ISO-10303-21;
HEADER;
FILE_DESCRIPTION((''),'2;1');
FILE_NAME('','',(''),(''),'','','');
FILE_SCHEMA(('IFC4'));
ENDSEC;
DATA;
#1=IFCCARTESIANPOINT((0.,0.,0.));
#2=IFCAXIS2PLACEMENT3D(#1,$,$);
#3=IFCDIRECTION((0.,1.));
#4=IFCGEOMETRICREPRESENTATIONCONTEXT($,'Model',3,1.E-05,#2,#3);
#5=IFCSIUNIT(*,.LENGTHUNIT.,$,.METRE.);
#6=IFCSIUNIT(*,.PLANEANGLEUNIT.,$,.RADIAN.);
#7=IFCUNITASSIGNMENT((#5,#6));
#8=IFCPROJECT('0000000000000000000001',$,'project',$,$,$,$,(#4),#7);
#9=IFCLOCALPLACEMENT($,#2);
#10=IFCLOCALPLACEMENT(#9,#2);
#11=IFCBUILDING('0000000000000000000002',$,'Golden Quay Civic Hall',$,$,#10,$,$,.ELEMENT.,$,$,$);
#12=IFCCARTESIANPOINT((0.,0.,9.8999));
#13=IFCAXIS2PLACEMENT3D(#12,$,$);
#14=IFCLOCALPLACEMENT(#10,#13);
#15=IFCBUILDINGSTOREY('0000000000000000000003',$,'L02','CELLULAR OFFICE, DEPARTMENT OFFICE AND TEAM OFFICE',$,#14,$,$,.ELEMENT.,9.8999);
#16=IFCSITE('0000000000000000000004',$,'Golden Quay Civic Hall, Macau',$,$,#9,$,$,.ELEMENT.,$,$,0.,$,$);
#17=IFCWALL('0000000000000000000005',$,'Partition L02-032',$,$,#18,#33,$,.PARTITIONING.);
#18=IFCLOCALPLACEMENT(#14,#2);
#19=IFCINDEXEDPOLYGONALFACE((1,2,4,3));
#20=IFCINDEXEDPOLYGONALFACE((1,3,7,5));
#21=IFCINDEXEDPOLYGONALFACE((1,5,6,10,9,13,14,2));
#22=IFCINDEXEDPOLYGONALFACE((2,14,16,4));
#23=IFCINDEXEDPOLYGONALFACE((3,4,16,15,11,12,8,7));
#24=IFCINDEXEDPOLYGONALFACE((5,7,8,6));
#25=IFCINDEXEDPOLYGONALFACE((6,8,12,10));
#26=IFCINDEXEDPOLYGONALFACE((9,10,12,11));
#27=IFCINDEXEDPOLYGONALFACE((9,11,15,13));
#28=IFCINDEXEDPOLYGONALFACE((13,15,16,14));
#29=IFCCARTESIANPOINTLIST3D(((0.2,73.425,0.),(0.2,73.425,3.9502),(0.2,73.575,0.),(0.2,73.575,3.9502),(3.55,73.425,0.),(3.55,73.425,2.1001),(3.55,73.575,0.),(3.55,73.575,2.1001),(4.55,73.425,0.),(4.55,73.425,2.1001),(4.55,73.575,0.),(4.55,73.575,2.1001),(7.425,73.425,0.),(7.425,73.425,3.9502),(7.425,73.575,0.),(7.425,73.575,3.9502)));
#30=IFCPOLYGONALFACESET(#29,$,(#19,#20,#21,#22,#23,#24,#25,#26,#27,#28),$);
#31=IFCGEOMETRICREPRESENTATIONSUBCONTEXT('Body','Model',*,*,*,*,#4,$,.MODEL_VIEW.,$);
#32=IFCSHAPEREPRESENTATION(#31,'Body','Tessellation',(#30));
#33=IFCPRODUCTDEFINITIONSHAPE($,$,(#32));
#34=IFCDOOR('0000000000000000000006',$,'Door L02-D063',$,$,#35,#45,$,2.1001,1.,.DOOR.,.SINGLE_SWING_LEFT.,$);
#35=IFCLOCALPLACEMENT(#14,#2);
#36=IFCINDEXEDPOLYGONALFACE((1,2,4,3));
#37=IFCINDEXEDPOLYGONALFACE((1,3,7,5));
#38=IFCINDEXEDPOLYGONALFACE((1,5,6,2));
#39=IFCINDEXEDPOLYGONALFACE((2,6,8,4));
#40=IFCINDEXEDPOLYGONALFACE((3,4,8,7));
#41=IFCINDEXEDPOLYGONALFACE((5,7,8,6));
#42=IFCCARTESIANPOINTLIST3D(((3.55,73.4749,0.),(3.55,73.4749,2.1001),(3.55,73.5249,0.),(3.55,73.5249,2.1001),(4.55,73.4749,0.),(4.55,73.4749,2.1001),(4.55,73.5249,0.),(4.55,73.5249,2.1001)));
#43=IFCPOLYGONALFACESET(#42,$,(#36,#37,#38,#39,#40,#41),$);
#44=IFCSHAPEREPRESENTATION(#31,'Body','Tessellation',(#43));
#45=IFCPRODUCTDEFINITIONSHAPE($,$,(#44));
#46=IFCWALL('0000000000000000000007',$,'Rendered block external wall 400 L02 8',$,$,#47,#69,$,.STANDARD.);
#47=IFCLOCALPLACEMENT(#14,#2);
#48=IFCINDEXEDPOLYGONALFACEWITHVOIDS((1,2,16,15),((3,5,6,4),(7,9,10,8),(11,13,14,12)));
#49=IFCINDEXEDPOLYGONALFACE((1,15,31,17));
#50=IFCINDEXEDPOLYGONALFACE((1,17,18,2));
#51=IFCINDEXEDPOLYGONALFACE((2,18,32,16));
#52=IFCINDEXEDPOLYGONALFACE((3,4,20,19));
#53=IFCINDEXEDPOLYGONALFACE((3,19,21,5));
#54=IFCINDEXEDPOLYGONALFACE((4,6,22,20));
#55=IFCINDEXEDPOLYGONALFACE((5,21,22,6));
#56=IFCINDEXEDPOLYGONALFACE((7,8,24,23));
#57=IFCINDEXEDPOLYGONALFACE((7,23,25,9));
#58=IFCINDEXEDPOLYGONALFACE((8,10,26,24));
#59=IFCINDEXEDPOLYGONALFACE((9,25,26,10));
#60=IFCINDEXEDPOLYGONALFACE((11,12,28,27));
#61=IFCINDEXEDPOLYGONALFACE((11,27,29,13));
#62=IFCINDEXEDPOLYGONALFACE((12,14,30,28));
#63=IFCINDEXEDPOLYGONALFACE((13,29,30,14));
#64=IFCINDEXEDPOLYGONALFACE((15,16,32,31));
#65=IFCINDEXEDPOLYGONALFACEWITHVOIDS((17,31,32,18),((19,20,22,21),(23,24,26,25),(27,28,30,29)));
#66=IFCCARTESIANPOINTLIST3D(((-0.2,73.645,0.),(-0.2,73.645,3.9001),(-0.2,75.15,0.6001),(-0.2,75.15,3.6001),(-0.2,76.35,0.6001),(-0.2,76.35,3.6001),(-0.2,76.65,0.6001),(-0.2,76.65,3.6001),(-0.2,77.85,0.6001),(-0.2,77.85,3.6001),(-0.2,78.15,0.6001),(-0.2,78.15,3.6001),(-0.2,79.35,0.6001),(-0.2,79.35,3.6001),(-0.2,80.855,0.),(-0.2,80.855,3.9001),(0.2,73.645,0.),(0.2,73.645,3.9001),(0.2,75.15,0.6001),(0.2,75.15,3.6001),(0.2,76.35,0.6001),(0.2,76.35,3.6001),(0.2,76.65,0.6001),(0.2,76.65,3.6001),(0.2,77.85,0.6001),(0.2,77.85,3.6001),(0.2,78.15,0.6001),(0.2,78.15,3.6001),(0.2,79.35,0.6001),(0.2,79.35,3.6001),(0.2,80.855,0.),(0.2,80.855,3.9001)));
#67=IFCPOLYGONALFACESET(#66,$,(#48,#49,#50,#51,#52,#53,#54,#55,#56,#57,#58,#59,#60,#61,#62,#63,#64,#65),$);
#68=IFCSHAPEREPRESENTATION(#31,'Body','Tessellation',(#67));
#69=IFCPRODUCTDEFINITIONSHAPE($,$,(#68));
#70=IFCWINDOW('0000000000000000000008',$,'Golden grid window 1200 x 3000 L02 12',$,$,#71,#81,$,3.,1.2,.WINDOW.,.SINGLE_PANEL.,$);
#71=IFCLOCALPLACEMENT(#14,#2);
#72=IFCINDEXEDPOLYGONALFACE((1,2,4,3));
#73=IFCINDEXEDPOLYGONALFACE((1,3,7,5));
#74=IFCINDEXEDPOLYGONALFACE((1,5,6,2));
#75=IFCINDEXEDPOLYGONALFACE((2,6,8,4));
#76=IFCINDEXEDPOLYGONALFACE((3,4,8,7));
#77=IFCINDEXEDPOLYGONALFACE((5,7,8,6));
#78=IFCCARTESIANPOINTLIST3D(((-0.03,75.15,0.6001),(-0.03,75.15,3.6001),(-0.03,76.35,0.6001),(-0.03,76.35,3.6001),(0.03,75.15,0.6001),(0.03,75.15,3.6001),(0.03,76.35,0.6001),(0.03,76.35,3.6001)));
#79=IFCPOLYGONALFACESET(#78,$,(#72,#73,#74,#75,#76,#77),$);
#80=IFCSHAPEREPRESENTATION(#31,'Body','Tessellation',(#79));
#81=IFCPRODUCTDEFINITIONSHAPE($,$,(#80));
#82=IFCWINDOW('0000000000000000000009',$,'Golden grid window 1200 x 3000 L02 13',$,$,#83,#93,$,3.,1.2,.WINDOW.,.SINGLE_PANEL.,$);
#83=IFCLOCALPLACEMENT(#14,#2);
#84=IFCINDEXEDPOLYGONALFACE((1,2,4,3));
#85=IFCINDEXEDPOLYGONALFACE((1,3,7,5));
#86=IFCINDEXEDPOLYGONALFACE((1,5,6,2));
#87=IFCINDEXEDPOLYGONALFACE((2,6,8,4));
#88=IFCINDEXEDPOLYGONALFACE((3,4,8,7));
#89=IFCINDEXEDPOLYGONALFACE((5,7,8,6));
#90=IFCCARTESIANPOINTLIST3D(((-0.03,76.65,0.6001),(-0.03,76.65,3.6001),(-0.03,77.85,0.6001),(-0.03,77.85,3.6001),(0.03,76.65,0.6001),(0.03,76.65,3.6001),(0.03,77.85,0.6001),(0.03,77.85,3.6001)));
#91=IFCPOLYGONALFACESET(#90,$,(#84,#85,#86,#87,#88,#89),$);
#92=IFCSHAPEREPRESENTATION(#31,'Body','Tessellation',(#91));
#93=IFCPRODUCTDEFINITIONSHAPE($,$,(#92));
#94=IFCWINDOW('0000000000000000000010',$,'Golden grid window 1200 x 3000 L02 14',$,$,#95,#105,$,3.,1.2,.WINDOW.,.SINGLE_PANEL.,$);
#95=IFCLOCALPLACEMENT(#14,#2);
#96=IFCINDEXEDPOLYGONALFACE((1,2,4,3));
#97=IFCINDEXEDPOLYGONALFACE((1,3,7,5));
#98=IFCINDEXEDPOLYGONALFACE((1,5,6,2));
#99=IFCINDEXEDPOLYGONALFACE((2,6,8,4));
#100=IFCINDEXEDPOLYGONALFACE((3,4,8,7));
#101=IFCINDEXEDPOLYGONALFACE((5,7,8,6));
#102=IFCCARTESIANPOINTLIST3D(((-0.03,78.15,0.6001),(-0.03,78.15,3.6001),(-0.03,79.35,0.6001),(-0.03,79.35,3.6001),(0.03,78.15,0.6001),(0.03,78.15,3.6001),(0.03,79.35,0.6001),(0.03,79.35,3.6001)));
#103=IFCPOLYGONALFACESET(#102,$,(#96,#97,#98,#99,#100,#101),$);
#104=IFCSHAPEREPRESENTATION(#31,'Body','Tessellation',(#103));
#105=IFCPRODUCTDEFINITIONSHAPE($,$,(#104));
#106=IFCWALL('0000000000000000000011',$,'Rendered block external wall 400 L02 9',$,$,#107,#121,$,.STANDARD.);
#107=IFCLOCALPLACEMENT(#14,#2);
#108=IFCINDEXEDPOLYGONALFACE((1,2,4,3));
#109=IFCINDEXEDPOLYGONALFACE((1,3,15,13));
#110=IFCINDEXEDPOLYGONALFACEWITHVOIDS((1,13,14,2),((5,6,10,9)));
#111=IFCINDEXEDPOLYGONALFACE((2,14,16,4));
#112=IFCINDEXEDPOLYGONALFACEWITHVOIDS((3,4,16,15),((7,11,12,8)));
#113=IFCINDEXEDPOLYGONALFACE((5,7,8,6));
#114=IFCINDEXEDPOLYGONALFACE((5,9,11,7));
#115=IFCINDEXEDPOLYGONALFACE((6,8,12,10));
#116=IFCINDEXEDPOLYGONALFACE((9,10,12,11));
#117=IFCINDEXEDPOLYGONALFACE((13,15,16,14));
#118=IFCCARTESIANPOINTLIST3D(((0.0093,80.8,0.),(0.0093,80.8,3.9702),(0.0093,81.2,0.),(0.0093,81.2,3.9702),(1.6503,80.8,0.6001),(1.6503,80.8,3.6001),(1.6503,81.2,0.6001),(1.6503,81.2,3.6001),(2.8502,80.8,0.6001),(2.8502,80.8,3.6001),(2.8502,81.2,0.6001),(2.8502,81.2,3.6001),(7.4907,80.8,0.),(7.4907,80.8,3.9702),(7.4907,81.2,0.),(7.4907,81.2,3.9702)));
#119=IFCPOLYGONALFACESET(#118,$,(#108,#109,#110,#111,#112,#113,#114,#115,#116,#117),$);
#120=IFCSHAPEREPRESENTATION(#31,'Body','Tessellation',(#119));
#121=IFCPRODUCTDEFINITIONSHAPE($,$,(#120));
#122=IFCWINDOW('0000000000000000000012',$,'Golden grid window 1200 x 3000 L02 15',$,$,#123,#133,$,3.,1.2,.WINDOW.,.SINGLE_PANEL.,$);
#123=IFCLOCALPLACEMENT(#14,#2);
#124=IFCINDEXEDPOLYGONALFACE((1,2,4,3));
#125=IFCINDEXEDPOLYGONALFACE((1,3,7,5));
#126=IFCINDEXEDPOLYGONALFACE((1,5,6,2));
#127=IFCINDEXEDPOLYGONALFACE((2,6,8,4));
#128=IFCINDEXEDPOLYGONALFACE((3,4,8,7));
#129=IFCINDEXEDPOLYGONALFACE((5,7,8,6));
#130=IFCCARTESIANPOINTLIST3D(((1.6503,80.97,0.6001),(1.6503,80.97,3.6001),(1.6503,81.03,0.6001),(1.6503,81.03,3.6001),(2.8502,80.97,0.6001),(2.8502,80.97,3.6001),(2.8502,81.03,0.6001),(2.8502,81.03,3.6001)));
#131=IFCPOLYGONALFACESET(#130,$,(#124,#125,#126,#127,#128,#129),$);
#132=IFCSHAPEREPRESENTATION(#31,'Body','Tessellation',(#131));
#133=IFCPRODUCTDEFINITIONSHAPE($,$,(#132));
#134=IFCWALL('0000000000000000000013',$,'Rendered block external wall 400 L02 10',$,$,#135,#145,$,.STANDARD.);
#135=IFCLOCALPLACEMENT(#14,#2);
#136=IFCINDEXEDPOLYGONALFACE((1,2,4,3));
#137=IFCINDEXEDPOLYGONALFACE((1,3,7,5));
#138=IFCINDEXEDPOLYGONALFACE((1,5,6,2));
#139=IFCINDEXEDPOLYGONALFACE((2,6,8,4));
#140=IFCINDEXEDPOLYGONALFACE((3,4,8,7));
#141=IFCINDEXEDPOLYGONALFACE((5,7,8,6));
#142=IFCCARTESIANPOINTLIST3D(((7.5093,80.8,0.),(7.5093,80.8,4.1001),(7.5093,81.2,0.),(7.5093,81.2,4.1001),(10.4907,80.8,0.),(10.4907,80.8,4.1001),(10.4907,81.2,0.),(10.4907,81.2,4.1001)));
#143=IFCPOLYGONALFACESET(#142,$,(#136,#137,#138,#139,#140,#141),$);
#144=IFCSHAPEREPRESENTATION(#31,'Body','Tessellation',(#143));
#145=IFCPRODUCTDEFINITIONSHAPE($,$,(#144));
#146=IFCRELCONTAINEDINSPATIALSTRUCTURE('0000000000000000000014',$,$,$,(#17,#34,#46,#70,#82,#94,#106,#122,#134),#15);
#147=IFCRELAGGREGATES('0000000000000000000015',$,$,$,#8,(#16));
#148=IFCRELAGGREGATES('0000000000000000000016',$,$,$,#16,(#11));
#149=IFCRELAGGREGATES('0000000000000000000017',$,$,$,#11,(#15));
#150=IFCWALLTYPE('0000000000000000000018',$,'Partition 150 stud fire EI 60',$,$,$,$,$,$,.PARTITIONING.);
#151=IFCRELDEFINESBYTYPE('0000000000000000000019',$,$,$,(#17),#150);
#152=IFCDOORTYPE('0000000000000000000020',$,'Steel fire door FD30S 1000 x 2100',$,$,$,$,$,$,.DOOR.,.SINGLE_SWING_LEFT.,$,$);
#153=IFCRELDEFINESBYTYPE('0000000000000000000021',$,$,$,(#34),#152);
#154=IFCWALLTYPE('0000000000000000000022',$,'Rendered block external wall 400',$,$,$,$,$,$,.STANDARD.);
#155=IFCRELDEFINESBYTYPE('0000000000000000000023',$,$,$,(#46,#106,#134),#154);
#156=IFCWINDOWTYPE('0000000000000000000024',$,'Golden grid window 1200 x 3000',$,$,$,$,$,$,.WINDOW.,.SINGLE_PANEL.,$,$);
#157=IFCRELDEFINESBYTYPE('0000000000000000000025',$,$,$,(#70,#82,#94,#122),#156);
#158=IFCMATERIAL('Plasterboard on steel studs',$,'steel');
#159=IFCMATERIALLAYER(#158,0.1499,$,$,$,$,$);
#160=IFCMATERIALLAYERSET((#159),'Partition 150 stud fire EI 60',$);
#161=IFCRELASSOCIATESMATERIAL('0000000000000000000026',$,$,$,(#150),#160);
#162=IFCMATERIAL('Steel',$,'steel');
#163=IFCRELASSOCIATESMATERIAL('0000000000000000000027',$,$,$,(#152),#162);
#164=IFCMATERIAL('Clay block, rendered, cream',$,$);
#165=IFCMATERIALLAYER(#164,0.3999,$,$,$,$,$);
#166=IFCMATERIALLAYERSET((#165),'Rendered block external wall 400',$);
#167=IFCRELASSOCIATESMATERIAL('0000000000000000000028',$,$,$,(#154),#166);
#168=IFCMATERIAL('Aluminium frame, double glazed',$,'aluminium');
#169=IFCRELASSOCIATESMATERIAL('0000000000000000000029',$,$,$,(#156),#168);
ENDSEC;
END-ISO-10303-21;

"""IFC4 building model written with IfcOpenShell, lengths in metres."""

from ifc_helpers import new_model, si_unit, direction, frame, frame_2d, origin, place, context, subcontext, project, spatial, rectangle, extrude, material, layer, layer_set, type_object, element, fill, save


model = new_model("IFC4")

# Units and contexts
model_context = context("Model", 3, precision=1e-05, world=origin(), true_north=direction((0.0, 1.0)))
body_context = subcontext(model_context, "Body", "Model", "MODEL_VIEW")
ifc_project = project(units=[si_unit("LENGTHUNIT", "METRE"), si_unit("PLANEANGLEUNIT", "RADIAN")], contexts=[model_context])

# Site, building, storey
site_placement = place(None, origin())
site = spatial("IfcSite", under=ifc_project, at=site_placement, Name="Golden Quay Civic Hall, Macau", CompositionType="ELEMENT", RefElevation=0.0)
building_placement = place(site_placement, origin())
building = spatial("IfcBuilding", under=site, at=building_placement, Name="Golden Quay Civic Hall", CompositionType="ELEMENT")
storey_placement = place(building_placement, frame((0.0, 0.0, 9.8999)))
storey = spatial("IfcBuildingStorey", under=building, at=storey_placement, Name="L02", Description="CELLULAR OFFICE, DEPARTMENT OFFICE AND TEAM OFFICE", CompositionType="ELEMENT", Elevation=9.8999)

# Wall, opening, door
ifc_material_1 = material(Name="Plasterboard on steel studs", Category="steel")
ifc_layer_1 = layer(ifc_material_1, 0.1499)
ifc_layer_set_1 = layer_set([ifc_layer_1], Name="Partition 150 stud fire EI 60")
wall_type_1 = type_object("IfcWallType", Name="Partition 150 stud fire EI 60", PredefinedType="PARTITIONING", material=ifc_layer_set_1)
ifc_material_2 = material(Name="Steel", Category="steel")
door_type = type_object("IfcDoorType", Name="Steel fire door FD30S 1000 x 2100", OperationType="SINGLE_SWING_LEFT", PredefinedType="DOOR", material=ifc_material_2)
wall_1_placement = place(storey_placement, frame((0.2, 73.5, 0.0), z_axis=(0.0, 0.0, 1.0), x_axis=(1.0, 0.0, 0.0)))
wall_1 = element("IfcWall", 1, at=wall_1_placement, inside=storey, type_object=wall_type_1, Name="Partition L02-032", PredefinedType="PARTITIONING", context=body_context, shape_type="SweptSolid", body=[
    extrude(rectangle(XDim=7.2251, YDim=0.1499, at=frame_2d((3.6125, 0.0))), origin(), (0.0, 0.0, 1.0), 3.9502),
])
opening_1_placement = place(wall_1_placement, frame((3.3501, 0.0, 0.0)))
opening_1 = element("IfcOpeningElement", 2, at=opening_1_placement, cuts=wall_1, PredefinedType="OPENING", context=body_context, shape_type="SweptSolid", body=[
    extrude(rectangle(XDim=1.0, YDim=2.1001, at=frame_2d((0.5, 1.05))), frame((0.0, 0.085, 0.0), z_axis=(0.0, -1.0, 0.0), x_axis=(1.0, 0.0, 0.0)), (0.0, 0.0, 1.0), 0.1699),
])
door_1_placement = place(opening_1_placement, origin())
door_1 = element("IfcDoor", 3, at=door_1_placement, inside=storey, type_object=door_type, Name="Door L02-D063", OperationType="SINGLE_SWING_LEFT", OverallHeight=2.1001, OverallWidth=1.0, PredefinedType="DOOR", context=body_context, shape_type="SweptSolid", body=[
    extrude(rectangle(XDim=1.0, YDim=2.1001, at=frame_2d((0.5, 1.05))), frame((0.0, 0.0249, 0.0), z_axis=(0.0, -1.0, 0.0), x_axis=(1.0, 0.0, 0.0)), (0.0, 0.0, 1.0), 0.05),
])
fill(opening_1, door_1)

# Wall, openings, windows
ifc_material_3 = material(Name="Clay block, rendered, cream")
ifc_layer_2 = layer(ifc_material_3, 0.3999)
ifc_layer_set_2 = layer_set([ifc_layer_2], Name="Rendered block external wall 400")
wall_type_2 = type_object("IfcWallType", Name="Rendered block external wall 400", PredefinedType="STANDARD", material=ifc_layer_set_2)
wall_2_placement = place(storey_placement, frame((0.0, 73.645, 0.0), z_axis=(0.0, 0.0, 1.0), x_axis=(0.0, 1.0, 0.0)))
wall_2 = element("IfcWall", 4, at=wall_2_placement, inside=storey, type_object=wall_type_2, Name="Rendered block external wall 400 L02 8", PredefinedType="STANDARD", context=body_context, shape_type="SweptSolid", body=[
    extrude(rectangle(XDim=7.21, YDim=0.3999, at=frame_2d((3.605, 0.0))), origin(), (0.0, 0.0, 1.0), 3.9001),
])
opening_2_placement = place(wall_2_placement, frame((1.5049, 0.0, 0.6001)))
opening_2 = element("IfcOpeningElement", 5, at=opening_2_placement, cuts=wall_2, PredefinedType="OPENING", context=body_context, shape_type="SweptSolid", body=[
    extrude(rectangle(XDim=1.2, YDim=3.0, at=frame_2d((0.6001, 1.5))), frame((0.0, 0.21, 0.0), z_axis=(0.0, -1.0, 0.0), x_axis=(1.0, 0.0, 0.0)), (0.0, 0.0, 1.0), 0.4199),
])
opening_3_placement = place(wall_2_placement, frame((3.0049, 0.0, 0.6001)))
opening_3 = element("IfcOpeningElement", 6, at=opening_3_placement, cuts=wall_2, PredefinedType="OPENING", context=body_context, shape_type="SweptSolid", body=[
    extrude(rectangle(XDim=1.2, YDim=3.0, at=frame_2d((0.6001, 1.5))), frame((0.0, 0.21, 0.0), z_axis=(0.0, -1.0, 0.0), x_axis=(1.0, 0.0, 0.0)), (0.0, 0.0, 1.0), 0.4199),
])
opening_4_placement = place(wall_2_placement, frame((4.5049, 0.0, 0.6001)))
opening_4 = element("IfcOpeningElement", 7, at=opening_4_placement, cuts=wall_2, PredefinedType="OPENING", context=body_context, shape_type="SweptSolid", body=[
    extrude(rectangle(XDim=1.2, YDim=3.0, at=frame_2d((0.6001, 1.5))), frame((0.0, 0.21, 0.0), z_axis=(0.0, -1.0, 0.0), x_axis=(1.0, 0.0, 0.0)), (0.0, 0.0, 1.0), 0.4199),
])
ifc_material_4 = material(Name="Aluminium frame, double glazed", Category="aluminium")
window_type = type_object("IfcWindowType", Name="Golden grid window 1200 x 3000", PartitioningType="SINGLE_PANEL", PredefinedType="WINDOW", material=ifc_material_4)
window_1_placement = place(opening_2_placement, origin())
window_1 = element("IfcWindow", 8, at=window_1_placement, inside=storey, type_object=window_type, Name="Golden grid window 1200 x 3000 L02 12", OverallHeight=3.0, OverallWidth=1.2, PartitioningType="SINGLE_PANEL", PredefinedType="WINDOW", context=body_context, shape_type="SweptSolid", body=[
    extrude(rectangle(XDim=1.2, YDim=3.0, at=frame_2d((0.6001, 1.5))), frame((0.0, 0.03, 0.0), z_axis=(0.0, -1.0, 0.0), x_axis=(1.0, 0.0, 0.0)), (0.0, 0.0, 1.0), 0.0601),
])
fill(opening_2, window_1)
window_2_placement = place(opening_3_placement, origin())
window_2 = element("IfcWindow", 9, at=window_2_placement, inside=storey, type_object=window_type, Name="Golden grid window 1200 x 3000 L02 13", OverallHeight=3.0, OverallWidth=1.2, PartitioningType="SINGLE_PANEL", PredefinedType="WINDOW", context=body_context, shape_type="SweptSolid", body=[
    extrude(rectangle(XDim=1.2, YDim=3.0, at=frame_2d((0.6001, 1.5))), frame((0.0, 0.03, 0.0), z_axis=(0.0, -1.0, 0.0), x_axis=(1.0, 0.0, 0.0)), (0.0, 0.0, 1.0), 0.0601),
])
fill(opening_3, window_2)
window_3_placement = place(opening_4_placement, origin())
window_3 = element("IfcWindow", 10, at=window_3_placement, inside=storey, type_object=window_type, Name="Golden grid window 1200 x 3000 L02 14", OverallHeight=3.0, OverallWidth=1.2, PartitioningType="SINGLE_PANEL", PredefinedType="WINDOW", context=body_context, shape_type="SweptSolid", body=[
    extrude(rectangle(XDim=1.2, YDim=3.0, at=frame_2d((0.6001, 1.5))), frame((0.0, 0.03, 0.0), z_axis=(0.0, -1.0, 0.0), x_axis=(1.0, 0.0, 0.0)), (0.0, 0.0, 1.0), 0.0601),
])
fill(opening_4, window_3)

# Wall, opening, window
wall_3_placement = place(storey_placement, frame((0.0093, 81.0, 0.0), z_axis=(0.0, 0.0, 1.0), x_axis=(1.0, 0.0, 0.0)))
wall_3 = element("IfcWall", 11, at=wall_3_placement, inside=storey, type_object=wall_type_2, Name="Rendered block external wall 400 L02 9", PredefinedType="STANDARD", context=body_context, shape_type="SweptSolid", body=[
    extrude(rectangle(XDim=7.4814, YDim=0.3999, at=frame_2d((3.7407, 0.0))), origin(), (0.0, 0.0, 1.0), 3.9702),
])
opening_5_placement = place(wall_3_placement, frame((1.6409, 0.0, 0.6001)))
opening_5 = element("IfcOpeningElement", 12, at=opening_5_placement, cuts=wall_3, PredefinedType="OPENING", context=body_context, shape_type="SweptSolid", body=[
    extrude(rectangle(XDim=1.2, YDim=3.0, at=frame_2d((0.6001, 1.5))), frame((0.0, 0.21, 0.0), z_axis=(0.0, -1.0, 0.0), x_axis=(1.0, 0.0, 0.0)), (0.0, 0.0, 1.0), 0.4199),
])
window_4_placement = place(opening_5_placement, origin())
window_4 = element("IfcWindow", 13, at=window_4_placement, inside=storey, type_object=window_type, Name="Golden grid window 1200 x 3000 L02 15", OverallHeight=3.0, OverallWidth=1.2, PartitioningType="SINGLE_PANEL", PredefinedType="WINDOW", context=body_context, shape_type="SweptSolid", body=[
    extrude(rectangle(XDim=1.2, YDim=3.0, at=frame_2d((0.6001, 1.5))), frame((0.0, 0.03, 0.0), z_axis=(0.0, -1.0, 0.0), x_axis=(1.0, 0.0, 0.0)), (0.0, 0.0, 1.0), 0.0601),
])
fill(opening_5, window_4)

# Wall
wall_4_placement = place(storey_placement, frame((7.5093, 81.0, 0.0), z_axis=(0.0, 0.0, 1.0), x_axis=(1.0, 0.0, 0.0)))
element("IfcWall", 14, at=wall_4_placement, inside=storey, type_object=wall_type_2, Name="Rendered block external wall 400 L02 10", PredefinedType="STANDARD", context=body_context, shape_type="SweptSolid", body=[
    extrude(rectangle(XDim=2.9814, YDim=0.3999, at=frame_2d((1.4907, 0.0))), origin(), (0.0, 0.0, 1.0), 4.1001),
])

save(model, "model.ifc")
